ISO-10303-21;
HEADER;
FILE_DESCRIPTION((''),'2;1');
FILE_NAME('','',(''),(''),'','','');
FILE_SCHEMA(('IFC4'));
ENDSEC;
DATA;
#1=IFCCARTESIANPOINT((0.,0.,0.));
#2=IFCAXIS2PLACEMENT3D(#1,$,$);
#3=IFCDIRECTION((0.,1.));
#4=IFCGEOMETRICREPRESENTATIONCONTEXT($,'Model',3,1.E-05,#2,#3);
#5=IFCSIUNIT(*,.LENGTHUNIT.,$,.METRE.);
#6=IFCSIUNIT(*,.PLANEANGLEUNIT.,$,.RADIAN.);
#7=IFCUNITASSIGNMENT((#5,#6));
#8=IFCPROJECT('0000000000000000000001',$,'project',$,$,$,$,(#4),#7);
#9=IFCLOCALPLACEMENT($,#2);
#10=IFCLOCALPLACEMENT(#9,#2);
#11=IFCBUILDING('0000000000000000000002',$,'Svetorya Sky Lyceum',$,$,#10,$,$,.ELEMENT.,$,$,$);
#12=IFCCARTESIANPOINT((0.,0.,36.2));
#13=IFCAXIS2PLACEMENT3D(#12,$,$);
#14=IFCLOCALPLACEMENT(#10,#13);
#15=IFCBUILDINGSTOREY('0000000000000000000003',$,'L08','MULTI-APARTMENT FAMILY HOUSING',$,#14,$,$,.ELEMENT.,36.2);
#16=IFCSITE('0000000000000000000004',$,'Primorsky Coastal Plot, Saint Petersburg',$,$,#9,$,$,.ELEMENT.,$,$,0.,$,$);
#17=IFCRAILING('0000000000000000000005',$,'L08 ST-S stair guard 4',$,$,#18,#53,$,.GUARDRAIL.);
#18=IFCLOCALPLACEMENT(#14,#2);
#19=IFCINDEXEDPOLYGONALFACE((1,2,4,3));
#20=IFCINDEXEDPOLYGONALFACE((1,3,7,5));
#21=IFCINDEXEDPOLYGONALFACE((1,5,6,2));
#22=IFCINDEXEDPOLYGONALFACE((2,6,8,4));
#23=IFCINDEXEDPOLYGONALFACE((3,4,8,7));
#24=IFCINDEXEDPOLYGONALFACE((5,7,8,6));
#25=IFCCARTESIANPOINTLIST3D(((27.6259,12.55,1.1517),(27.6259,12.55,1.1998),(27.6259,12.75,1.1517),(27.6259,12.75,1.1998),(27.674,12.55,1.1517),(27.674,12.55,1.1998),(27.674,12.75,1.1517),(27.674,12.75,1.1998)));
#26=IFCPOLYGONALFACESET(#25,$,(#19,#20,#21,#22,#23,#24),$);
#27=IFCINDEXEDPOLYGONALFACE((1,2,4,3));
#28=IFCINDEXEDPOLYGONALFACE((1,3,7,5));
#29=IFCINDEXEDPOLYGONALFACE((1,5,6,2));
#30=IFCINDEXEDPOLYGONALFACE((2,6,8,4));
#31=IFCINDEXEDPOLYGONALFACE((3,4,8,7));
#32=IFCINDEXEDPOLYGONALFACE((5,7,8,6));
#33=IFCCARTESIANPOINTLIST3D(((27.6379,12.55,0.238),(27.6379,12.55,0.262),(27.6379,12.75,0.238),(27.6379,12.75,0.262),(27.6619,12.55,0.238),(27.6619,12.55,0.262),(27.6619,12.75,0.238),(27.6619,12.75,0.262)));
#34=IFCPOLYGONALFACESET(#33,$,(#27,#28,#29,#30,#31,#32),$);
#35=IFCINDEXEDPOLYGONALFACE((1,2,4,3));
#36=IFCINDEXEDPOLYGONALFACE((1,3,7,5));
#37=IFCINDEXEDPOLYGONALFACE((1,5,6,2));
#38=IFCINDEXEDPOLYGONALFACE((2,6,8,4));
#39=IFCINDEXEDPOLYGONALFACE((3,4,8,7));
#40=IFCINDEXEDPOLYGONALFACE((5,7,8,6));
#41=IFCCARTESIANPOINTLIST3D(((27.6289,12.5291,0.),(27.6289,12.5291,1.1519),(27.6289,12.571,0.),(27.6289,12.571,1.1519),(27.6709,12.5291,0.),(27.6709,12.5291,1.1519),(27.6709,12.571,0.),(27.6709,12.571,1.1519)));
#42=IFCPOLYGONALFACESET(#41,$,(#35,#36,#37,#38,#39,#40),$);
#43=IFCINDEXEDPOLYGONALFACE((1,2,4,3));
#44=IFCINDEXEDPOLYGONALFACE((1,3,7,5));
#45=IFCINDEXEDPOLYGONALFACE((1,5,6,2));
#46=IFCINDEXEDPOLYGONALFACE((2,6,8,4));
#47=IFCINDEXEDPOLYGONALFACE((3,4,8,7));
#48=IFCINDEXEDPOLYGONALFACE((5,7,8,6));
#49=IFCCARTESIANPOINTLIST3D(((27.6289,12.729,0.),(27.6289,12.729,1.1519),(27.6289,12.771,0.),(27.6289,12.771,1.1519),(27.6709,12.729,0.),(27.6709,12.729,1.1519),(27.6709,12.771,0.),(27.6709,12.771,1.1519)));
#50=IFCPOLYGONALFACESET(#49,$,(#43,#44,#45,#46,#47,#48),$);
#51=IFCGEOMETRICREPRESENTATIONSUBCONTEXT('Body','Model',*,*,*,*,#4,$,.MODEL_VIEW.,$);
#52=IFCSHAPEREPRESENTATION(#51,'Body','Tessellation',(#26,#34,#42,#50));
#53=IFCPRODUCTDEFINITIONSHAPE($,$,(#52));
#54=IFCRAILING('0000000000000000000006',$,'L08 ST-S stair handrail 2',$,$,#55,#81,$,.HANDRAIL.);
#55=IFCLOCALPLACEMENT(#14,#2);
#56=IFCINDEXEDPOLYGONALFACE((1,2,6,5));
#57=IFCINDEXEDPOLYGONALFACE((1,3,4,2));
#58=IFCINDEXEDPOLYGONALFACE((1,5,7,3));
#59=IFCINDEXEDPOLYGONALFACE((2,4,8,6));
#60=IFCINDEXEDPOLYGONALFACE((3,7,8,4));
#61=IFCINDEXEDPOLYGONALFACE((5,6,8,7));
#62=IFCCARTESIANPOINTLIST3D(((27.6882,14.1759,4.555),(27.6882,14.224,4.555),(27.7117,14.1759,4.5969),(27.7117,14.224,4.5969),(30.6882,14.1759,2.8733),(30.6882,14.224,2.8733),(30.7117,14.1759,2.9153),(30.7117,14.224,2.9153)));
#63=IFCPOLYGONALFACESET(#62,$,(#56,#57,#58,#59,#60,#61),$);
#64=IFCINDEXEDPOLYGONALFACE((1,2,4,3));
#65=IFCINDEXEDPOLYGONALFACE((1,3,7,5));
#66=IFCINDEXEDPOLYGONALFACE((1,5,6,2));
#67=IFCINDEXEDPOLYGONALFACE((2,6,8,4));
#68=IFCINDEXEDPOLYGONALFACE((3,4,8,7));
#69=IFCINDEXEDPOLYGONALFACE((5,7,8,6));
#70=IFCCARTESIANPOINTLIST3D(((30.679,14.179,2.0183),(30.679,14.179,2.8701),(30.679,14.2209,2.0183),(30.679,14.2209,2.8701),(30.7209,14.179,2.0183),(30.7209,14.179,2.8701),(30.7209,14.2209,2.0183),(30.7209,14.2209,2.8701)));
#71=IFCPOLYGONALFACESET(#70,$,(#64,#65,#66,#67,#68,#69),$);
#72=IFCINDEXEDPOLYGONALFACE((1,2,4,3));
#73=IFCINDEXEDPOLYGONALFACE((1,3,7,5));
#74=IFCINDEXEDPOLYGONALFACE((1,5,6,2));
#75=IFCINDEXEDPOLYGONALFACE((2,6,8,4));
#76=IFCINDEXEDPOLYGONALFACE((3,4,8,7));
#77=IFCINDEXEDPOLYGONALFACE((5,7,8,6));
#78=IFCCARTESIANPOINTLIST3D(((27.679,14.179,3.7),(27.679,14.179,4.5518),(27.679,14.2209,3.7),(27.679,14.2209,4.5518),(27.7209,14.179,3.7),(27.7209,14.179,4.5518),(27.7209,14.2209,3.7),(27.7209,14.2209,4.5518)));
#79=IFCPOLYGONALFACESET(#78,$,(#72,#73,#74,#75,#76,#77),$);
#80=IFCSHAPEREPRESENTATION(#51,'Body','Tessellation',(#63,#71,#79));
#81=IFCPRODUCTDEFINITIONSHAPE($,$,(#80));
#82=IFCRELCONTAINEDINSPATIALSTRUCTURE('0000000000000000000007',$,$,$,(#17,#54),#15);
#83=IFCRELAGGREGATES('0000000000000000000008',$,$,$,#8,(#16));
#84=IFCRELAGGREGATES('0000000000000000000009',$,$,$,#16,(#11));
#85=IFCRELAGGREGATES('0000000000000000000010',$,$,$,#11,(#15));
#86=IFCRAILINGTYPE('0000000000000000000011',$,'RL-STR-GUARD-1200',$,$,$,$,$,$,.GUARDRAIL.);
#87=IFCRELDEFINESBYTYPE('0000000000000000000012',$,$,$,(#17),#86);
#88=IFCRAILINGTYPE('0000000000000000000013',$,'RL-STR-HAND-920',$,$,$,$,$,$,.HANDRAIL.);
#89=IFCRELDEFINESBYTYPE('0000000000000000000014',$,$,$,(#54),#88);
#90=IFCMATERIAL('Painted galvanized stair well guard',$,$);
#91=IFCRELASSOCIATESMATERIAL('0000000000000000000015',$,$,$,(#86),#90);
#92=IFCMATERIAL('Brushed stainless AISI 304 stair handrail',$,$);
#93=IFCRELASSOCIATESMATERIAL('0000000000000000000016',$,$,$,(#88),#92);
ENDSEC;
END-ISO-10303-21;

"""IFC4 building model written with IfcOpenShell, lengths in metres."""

from ifc_helpers import new_model, si_unit, direction, frame, origin, origin_2d, place, context, subcontext, project, spatial, rectangle, extrude, material, type_object, element, save


model = new_model("IFC4")

# Units and contexts
model_context = context("Model", 3, precision=1e-05, world=origin(), true_north=direction((0.0, 1.0)))
body_context = subcontext(model_context, "Body", "Model", "MODEL_VIEW")
ifc_project = project(units=[si_unit("LENGTHUNIT", "METRE"), si_unit("PLANEANGLEUNIT", "RADIAN")], contexts=[model_context])

# Site, building, storey
site_placement = place(None, origin())
site = spatial("IfcSite", under=ifc_project, at=site_placement, Name="Primorsky Coastal Plot, Saint Petersburg", CompositionType="ELEMENT", RefElevation=0.0)
building_placement = place(site_placement, origin())
building = spatial("IfcBuilding", under=site, at=building_placement, Name="Svetorya Sky Lyceum", CompositionType="ELEMENT")
storey_placement = place(building_placement, frame((0.0, 0.0, 36.2)))
storey = spatial("IfcBuildingStorey", under=building, at=storey_placement, Name="L08", Description="MULTI-APARTMENT FAMILY HOUSING", CompositionType="ELEMENT", Elevation=36.2)

# Railings
ifc_material_1 = material(Name="Painted galvanized stair well guard")
railing_type_1 = type_object("IfcRailingType", Name="RL-STR-GUARD-1200", PredefinedType="GUARDRAIL", material=ifc_material_1)
railing_1_placement = place(storey_placement, frame((27.6499, 12.55, 0.0)))
element("IfcRailing", 1, at=railing_1_placement, inside=storey, type_object=railing_type_1, Name="L08 ST-S stair guard 4", PredefinedType="GUARDRAIL", context=body_context, shape_type="SweptSolid", body=[
    extrude(rectangle(XDim=0.0481, YDim=0.0481, at=origin_2d()), frame((0.0, 0.0, 1.1758), z_axis=(0.0, 1.0, 0.0), x_axis=(-1.0, 0.0, 0.0)), (0.0, 0.0, 1.0), 0.2),
    extrude(rectangle(XDim=0.0239, YDim=0.0239, at=origin_2d()), frame((0.0, 0.0, 0.25), z_axis=(0.0, 1.0, 0.0), x_axis=(-1.0, 0.0, 0.0)), (0.0, 0.0, 1.0), 0.2),
    extrude(rectangle(XDim=0.042, YDim=0.042, at=origin_2d()), origin(), (0.0, 0.0, 1.0), 1.1519),
    extrude(rectangle(XDim=0.042, YDim=0.042, at=origin_2d()), frame((0.0, 0.2, 0.0)), (0.0, 0.0, 1.0), 1.1519),
])
ifc_material_2 = material(Name="Brushed stainless AISI 304 stair handrail")
railing_type_2 = type_object("IfcRailingType", Name="RL-STR-HAND-920", PredefinedType="HANDRAIL", material=ifc_material_2)
railing_2_placement = place(storey_placement, frame((30.7, 14.2, 2.0183)))
element("IfcRailing", 2, at=railing_2_placement, inside=storey, type_object=railing_type_2, Name="L08 ST-S stair handrail 2", PredefinedType="HANDRAIL", context=body_context, shape_type="SweptSolid", body=[
    extrude(rectangle(XDim=0.0481, YDim=0.0481, at=origin_2d()), frame((0.0, 0.0, 0.876), z_axis=(-0.872303, 0.0, 0.488966), x_axis=(0.0, -1.0, 0.0)), (0.0, 0.0, 1.0), 3.4392),
    extrude(rectangle(XDim=0.042, YDim=0.042, at=origin_2d()), origin(), (0.0, 0.0, 1.0), 0.8518),
    extrude(rectangle(XDim=0.042, YDim=0.042, at=origin_2d()), frame((-3.0, 0.0, 1.6816)), (0.0, 0.0, 1.0), 0.8518),
])

save(model, "model.ifc")
